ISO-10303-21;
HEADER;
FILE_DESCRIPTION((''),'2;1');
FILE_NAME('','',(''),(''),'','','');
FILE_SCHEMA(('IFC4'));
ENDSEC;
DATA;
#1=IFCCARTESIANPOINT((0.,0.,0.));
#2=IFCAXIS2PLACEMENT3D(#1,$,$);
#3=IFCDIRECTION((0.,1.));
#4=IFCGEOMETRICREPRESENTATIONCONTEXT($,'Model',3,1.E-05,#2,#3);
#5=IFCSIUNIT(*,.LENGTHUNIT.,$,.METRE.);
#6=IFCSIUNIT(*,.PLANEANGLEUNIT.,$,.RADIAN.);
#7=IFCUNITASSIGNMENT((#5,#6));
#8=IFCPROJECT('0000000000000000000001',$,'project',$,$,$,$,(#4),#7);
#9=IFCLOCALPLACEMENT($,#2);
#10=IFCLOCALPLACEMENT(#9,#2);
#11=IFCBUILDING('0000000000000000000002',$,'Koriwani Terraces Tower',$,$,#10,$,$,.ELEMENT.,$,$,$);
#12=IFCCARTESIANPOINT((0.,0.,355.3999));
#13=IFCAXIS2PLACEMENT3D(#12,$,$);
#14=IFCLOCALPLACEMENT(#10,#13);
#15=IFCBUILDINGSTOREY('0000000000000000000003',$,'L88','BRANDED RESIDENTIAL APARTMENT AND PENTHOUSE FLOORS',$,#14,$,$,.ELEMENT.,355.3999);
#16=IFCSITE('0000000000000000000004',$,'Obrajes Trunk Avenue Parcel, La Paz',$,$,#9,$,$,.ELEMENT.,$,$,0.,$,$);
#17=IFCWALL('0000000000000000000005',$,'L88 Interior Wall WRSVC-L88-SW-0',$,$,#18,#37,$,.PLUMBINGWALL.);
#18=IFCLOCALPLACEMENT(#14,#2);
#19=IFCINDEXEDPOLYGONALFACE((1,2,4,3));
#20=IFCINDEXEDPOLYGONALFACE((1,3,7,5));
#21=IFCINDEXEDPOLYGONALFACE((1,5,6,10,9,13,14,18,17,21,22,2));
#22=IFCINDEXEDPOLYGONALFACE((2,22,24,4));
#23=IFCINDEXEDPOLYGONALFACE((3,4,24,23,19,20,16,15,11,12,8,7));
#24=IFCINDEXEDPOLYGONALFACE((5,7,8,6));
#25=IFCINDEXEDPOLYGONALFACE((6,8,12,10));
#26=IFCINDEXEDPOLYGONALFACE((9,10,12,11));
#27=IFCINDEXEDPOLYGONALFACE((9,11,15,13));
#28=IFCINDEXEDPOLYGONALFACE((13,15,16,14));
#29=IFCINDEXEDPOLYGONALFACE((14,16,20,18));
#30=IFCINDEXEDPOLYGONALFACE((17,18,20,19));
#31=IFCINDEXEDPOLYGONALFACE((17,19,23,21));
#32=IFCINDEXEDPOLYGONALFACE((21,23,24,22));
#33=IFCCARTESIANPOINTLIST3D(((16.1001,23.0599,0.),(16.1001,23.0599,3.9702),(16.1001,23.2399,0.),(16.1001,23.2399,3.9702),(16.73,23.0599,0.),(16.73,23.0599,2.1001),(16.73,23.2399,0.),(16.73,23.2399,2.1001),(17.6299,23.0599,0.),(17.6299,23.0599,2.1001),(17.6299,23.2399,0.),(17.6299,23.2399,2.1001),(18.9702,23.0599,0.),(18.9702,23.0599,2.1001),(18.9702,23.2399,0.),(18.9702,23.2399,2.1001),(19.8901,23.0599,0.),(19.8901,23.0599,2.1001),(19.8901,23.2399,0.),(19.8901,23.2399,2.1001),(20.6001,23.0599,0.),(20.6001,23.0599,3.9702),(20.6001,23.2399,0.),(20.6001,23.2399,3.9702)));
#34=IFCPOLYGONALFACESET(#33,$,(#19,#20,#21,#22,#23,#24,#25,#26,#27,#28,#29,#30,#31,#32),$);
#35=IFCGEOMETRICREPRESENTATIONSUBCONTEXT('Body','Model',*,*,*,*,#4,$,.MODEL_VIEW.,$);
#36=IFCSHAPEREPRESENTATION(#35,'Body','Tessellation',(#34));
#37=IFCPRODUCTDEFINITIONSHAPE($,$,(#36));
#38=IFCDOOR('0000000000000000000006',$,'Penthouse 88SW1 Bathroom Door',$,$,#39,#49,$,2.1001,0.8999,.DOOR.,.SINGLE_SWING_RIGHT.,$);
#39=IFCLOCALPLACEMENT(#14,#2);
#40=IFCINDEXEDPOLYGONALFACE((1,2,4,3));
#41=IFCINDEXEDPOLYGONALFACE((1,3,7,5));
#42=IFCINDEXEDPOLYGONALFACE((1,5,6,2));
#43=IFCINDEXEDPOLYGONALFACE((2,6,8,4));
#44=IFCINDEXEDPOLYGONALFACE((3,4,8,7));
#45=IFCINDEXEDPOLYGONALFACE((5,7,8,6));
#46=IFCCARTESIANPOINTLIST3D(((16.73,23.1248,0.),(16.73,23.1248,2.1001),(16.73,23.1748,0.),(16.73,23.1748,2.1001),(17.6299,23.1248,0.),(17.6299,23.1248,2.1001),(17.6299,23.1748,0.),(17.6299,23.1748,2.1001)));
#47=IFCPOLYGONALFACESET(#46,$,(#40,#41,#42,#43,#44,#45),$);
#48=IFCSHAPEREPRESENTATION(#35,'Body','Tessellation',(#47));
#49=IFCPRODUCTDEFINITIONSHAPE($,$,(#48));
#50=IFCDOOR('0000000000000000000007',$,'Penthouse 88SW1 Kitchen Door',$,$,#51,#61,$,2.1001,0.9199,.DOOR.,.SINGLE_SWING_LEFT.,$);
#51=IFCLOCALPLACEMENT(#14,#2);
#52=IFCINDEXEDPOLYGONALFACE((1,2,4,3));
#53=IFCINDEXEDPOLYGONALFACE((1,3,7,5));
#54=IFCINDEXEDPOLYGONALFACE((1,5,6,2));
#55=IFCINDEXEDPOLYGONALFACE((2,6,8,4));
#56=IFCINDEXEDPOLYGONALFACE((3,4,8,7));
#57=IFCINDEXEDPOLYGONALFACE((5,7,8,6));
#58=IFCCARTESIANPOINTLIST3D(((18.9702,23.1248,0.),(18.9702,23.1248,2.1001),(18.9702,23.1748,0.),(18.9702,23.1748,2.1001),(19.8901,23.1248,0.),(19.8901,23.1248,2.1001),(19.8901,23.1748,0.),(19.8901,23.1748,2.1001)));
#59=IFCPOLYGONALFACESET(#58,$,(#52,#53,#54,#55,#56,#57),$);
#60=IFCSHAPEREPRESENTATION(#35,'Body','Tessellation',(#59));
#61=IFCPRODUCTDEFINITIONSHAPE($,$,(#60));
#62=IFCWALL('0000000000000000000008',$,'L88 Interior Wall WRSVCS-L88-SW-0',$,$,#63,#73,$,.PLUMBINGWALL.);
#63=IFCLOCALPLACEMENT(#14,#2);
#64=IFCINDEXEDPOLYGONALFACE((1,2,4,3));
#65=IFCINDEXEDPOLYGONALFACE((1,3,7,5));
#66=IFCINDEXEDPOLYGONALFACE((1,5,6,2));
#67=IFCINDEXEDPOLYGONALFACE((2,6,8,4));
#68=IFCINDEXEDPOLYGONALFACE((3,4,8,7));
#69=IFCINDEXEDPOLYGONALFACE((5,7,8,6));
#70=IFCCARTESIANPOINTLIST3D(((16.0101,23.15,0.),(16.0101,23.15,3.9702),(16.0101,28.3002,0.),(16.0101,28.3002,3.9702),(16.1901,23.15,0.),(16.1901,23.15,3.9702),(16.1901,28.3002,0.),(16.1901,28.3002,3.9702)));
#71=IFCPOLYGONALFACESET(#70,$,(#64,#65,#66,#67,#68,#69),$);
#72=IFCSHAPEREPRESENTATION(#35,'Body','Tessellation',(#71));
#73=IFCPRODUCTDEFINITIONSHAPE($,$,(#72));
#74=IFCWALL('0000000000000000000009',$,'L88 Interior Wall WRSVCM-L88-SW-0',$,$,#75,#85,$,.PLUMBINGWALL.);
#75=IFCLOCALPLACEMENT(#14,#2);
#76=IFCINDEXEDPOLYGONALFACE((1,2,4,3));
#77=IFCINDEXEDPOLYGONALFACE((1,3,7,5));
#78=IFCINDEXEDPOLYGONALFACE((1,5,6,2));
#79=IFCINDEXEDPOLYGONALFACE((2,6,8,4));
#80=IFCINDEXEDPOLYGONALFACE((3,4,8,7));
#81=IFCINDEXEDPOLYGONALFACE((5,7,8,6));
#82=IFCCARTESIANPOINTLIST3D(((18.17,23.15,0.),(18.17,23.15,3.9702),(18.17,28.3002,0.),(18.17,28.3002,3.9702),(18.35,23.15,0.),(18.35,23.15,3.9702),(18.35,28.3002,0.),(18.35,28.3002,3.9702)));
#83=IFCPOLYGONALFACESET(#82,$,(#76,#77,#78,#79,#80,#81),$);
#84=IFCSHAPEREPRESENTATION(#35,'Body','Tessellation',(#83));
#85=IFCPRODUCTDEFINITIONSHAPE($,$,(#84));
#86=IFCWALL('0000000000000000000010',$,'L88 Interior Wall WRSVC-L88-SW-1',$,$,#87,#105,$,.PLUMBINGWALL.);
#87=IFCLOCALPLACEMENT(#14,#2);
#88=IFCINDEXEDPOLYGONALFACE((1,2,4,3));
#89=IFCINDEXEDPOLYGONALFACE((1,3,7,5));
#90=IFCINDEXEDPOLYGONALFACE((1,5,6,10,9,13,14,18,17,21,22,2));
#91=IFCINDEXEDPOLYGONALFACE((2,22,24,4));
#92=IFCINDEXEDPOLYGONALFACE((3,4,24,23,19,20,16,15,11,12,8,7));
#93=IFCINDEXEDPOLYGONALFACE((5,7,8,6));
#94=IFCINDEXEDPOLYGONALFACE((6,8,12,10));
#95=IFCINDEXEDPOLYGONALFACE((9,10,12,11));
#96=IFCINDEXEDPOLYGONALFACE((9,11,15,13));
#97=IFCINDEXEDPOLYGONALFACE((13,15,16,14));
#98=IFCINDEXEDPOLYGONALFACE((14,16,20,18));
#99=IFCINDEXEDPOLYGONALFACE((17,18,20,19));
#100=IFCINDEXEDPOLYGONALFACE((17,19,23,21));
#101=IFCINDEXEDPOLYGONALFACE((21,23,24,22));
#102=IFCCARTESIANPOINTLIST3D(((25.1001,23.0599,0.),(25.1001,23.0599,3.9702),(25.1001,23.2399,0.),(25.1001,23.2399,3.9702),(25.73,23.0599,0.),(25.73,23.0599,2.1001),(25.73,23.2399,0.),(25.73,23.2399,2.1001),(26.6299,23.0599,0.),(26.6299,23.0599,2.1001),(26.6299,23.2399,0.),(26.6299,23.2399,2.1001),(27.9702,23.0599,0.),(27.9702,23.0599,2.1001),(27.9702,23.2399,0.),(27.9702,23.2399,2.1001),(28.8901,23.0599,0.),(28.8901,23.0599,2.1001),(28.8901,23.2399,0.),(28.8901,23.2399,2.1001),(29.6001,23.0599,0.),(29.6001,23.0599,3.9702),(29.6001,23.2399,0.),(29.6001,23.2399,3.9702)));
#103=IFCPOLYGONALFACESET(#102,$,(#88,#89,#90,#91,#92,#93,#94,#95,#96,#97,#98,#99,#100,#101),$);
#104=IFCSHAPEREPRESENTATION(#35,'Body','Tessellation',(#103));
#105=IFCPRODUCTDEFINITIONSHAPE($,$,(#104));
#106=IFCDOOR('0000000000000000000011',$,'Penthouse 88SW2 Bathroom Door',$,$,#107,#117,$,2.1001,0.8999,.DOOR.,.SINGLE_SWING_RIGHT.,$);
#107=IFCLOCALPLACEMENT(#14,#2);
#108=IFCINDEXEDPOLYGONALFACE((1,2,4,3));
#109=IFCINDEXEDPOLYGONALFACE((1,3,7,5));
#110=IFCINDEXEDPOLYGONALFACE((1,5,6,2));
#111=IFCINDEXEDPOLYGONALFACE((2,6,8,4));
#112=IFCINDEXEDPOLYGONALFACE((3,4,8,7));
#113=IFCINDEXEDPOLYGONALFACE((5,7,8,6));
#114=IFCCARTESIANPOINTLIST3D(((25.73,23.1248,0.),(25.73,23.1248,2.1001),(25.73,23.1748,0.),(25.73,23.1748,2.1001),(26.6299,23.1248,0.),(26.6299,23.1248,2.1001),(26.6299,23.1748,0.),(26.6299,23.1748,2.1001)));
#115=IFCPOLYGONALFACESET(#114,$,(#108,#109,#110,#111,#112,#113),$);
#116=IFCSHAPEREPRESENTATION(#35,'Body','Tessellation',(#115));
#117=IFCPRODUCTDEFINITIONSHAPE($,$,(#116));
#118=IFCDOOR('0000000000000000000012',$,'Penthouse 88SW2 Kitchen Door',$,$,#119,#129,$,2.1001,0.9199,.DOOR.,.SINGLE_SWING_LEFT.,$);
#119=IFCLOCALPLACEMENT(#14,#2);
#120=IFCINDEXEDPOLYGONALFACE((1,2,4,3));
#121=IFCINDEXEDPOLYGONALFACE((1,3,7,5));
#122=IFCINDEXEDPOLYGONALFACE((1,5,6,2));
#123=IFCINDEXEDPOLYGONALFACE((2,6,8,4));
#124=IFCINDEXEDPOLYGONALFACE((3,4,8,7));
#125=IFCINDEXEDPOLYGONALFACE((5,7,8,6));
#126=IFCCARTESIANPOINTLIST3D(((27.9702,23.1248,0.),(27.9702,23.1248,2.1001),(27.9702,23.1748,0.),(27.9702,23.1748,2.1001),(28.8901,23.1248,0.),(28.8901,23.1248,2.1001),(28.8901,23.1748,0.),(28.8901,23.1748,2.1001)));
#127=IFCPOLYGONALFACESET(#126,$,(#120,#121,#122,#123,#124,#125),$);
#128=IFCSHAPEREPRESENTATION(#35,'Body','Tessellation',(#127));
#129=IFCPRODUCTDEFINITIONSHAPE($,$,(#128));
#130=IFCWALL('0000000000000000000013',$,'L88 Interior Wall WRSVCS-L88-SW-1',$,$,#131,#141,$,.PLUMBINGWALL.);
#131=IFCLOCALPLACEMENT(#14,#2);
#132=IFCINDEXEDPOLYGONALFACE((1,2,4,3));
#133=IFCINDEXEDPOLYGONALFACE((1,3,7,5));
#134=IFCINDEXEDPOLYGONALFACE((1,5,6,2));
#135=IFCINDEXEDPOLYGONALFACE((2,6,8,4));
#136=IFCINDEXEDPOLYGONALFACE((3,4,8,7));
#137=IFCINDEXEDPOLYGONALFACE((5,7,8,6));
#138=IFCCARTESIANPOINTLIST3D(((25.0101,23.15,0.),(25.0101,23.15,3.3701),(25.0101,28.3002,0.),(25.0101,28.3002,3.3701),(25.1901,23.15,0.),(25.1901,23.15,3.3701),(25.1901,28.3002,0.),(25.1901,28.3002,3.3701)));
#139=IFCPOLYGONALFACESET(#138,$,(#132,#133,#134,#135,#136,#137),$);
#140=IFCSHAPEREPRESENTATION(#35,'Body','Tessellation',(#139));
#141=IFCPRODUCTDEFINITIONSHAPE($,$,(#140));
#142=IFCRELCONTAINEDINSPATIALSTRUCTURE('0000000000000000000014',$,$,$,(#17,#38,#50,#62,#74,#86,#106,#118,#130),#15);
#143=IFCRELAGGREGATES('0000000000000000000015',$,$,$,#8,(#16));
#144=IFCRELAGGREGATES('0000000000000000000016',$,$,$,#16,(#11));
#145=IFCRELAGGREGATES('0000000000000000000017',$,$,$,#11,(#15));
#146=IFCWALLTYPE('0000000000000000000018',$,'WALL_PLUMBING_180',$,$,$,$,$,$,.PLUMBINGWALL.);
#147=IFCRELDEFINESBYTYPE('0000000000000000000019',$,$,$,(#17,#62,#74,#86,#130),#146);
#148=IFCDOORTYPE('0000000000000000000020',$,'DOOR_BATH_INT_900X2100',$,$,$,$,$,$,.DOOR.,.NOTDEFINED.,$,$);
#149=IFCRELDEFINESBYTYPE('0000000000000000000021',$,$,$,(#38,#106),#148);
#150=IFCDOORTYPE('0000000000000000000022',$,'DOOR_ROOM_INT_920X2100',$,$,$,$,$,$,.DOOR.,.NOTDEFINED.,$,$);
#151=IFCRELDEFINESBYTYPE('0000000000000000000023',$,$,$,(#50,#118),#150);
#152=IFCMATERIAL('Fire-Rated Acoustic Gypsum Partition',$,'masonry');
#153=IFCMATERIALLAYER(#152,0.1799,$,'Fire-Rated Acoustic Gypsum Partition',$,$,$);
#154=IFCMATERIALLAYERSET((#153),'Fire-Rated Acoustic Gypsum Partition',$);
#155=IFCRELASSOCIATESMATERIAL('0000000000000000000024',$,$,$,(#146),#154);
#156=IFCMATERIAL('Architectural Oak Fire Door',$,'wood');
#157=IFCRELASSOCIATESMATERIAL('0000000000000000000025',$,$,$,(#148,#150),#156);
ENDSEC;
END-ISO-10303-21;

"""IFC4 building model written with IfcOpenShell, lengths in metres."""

from ifc_helpers import new_model, si_unit, direction, frame, frame_2d, origin, place, context, subcontext, project, spatial, rectangle, extrude, material, layer, layer_set, type_object, element, fill, save


model = new_model("IFC4")

# Units and contexts
model_context = context("Model", 3, precision=1e-05, world=origin(), true_north=direction((0.0, 1.0)))
body_context = subcontext(model_context, "Body", "Model", "MODEL_VIEW")
ifc_project = project(units=[si_unit("LENGTHUNIT", "METRE"), si_unit("PLANEANGLEUNIT", "RADIAN")], contexts=[model_context])

# Site, building, storey
site_placement = place(None, origin())
site = spatial("IfcSite", under=ifc_project, at=site_placement, Name="Obrajes Trunk Avenue Parcel, La Paz", CompositionType="ELEMENT", RefElevation=0.0)
building_placement = place(site_placement, origin())
building = spatial("IfcBuilding", under=site, at=building_placement, Name="Koriwani Terraces Tower", CompositionType="ELEMENT")
storey_placement = place(building_placement, frame((0.0, 0.0, 355.3999)))
storey = spatial("IfcBuildingStorey", under=building, at=storey_placement, Name="L88", Description="BRANDED RESIDENTIAL APARTMENT AND PENTHOUSE FLOORS", CompositionType="ELEMENT", Elevation=355.3999)

# Wall, openings, doors
ifc_material_1 = material(Name="Fire-Rated Acoustic Gypsum Partition", Category="masonry")
ifc_layer_1 = layer(ifc_material_1, 0.1799, Name="Fire-Rated Acoustic Gypsum Partition")
ifc_layer_set_1 = layer_set([ifc_layer_1], Name="Fire-Rated Acoustic Gypsum Partition")
wall_type_1 = type_object("IfcWallType", Name="WALL_PLUMBING_180", PredefinedType="PLUMBINGWALL", material=ifc_layer_set_1)
wall_1_placement = place(storey_placement, frame((16.1001, 23.1499, 0.0), z_axis=(0.0, 0.0, 1.0), x_axis=(1.0, 0.0, 0.0)))
wall_1 = element("IfcWall", 1, at=wall_1_placement, inside=storey, type_object=wall_type_1, Name="L88 Interior Wall WRSVC-L88-SW-0", PredefinedType="PLUMBINGWALL", context=body_context, shape_type="SweptSolid", body=[
    extrude(rectangle(XDim=4.5, YDim=0.1799, at=frame_2d((2.25, 0.0))), origin(), (0.0, 0.0, 1.0), 3.9702),
])
opening_1_placement = place(wall_1_placement, frame((0.6299, 0.0, 0.0)))
opening_1 = element("IfcOpeningElement", 2, at=opening_1_placement, cuts=wall_1, PredefinedType="OPENING", context=body_context, shape_type="SweptSolid", body=[
    extrude(rectangle(XDim=0.8999, YDim=2.1001, at=frame_2d((0.45, 1.05))), frame((0.0, 0.1001, 0.0), z_axis=(0.0, -1.0, 0.0), x_axis=(1.0, 0.0, 0.0)), (0.0, 0.0, 1.0), 0.2),
])
opening_2_placement = place(wall_1_placement, frame((2.8701, 0.0, 0.0)))
opening_2 = element("IfcOpeningElement", 3, at=opening_2_placement, cuts=wall_1, PredefinedType="OPENING", context=body_context, shape_type="SweptSolid", body=[
    extrude(rectangle(XDim=0.9199, YDim=2.1001, at=frame_2d((0.46, 1.05))), frame((0.0, 0.1001, 0.0), z_axis=(0.0, -1.0, 0.0), x_axis=(1.0, 0.0, 0.0)), (0.0, 0.0, 1.0), 0.2),
])
ifc_material_2 = material(Name="Architectural Oak Fire Door", Category="wood")
door_type_1 = type_object("IfcDoorType", Name="DOOR_BATH_INT_900X2100", OperationType="NOTDEFINED", PredefinedType="DOOR", material=ifc_material_2)
door_1_placement = place(opening_1_placement, origin())
door_1 = element("IfcDoor", 4, at=door_1_placement, inside=storey, type_object=door_type_1, Name="Penthouse 88SW1 Bathroom Door", OperationType="SINGLE_SWING_RIGHT", OverallHeight=2.1001, OverallWidth=0.8999, PredefinedType="DOOR", context=body_context, shape_type="SweptSolid", body=[
    extrude(rectangle(XDim=0.8999, YDim=2.1001, at=frame_2d((0.45, 1.05))), frame((0.0, 0.0249, 0.0), z_axis=(0.0, -1.0, 0.0), x_axis=(1.0, 0.0, 0.0)), (0.0, 0.0, 1.0), 0.05),
])
fill(opening_1, door_1)
door_type_2 = type_object("IfcDoorType", Name="DOOR_ROOM_INT_920X2100", OperationType="NOTDEFINED", PredefinedType="DOOR", material=ifc_material_2)
door_2_placement = place(opening_2_placement, origin())
door_2 = element("IfcDoor", 5, at=door_2_placement, inside=storey, type_object=door_type_2, Name="Penthouse 88SW1 Kitchen Door", OperationType="SINGLE_SWING_LEFT", OverallHeight=2.1001, OverallWidth=0.9199, PredefinedType="DOOR", context=body_context, shape_type="SweptSolid", body=[
    extrude(rectangle(XDim=0.9199, YDim=2.1001, at=frame_2d((0.46, 1.05))), frame((0.0, 0.0249, 0.0), z_axis=(0.0, -1.0, 0.0), x_axis=(1.0, 0.0, 0.0)), (0.0, 0.0, 1.0), 0.05),
])
fill(opening_2, door_2)

# Walls
for number, where, z_axis, x_axis, name in (
    (6, (16.1001, 23.1499, 0.0), (0.0, 0.0, 1.0), (0.0, 1.0, 0.0), "L88 Interior Wall WRSVCS-L88-SW-0"),
    (7, (18.26, 23.1499, 0.0), (0.0, 0.0, 1.0), (0.0, 1.0, 0.0), "L88 Interior Wall WRSVCM-L88-SW-0"),
):
    element("IfcWall", number, at=place(storey_placement, frame(where, z_axis=z_axis, x_axis=x_axis)), inside=storey, type_object=wall_type_1, Name=name, PredefinedType="PLUMBINGWALL", context=body_context, shape_type="SweptSolid", body=[
        extrude(rectangle(XDim=5.1501, YDim=0.1799, at=frame_2d((2.5752, 0.0))), origin(), (0.0, 0.0, 1.0), 3.9702),
    ])

# Wall, openings, doors
wall_2_placement = place(storey_placement, frame((25.1001, 23.1499, 0.0), z_axis=(0.0, 0.0, 1.0), x_axis=(1.0, 0.0, 0.0)))
wall_2 = element("IfcWall", 8, at=wall_2_placement, inside=storey, type_object=wall_type_1, Name="L88 Interior Wall WRSVC-L88-SW-1", PredefinedType="PLUMBINGWALL", context=body_context, shape_type="SweptSolid", body=[
    extrude(rectangle(XDim=4.5, YDim=0.1799, at=frame_2d((2.25, 0.0))), origin(), (0.0, 0.0, 1.0), 3.9702),
])
opening_3_placement = place(wall_2_placement, frame((0.6299, 0.0, 0.0)))
opening_3 = element("IfcOpeningElement", 9, at=opening_3_placement, cuts=wall_2, PredefinedType="OPENING", context=body_context, shape_type="SweptSolid", body=[
    extrude(rectangle(XDim=0.8999, YDim=2.1001, at=frame_2d((0.45, 1.05))), frame((0.0, 0.1001, 0.0), z_axis=(0.0, -1.0, 0.0), x_axis=(1.0, 0.0, 0.0)), (0.0, 0.0, 1.0), 0.2),
])
opening_4_placement = place(wall_2_placement, frame((2.8701, 0.0, 0.0)))
opening_4 = element("IfcOpeningElement", 10, at=opening_4_placement, cuts=wall_2, PredefinedType="OPENING", context=body_context, shape_type="SweptSolid", body=[
    extrude(rectangle(XDim=0.9199, YDim=2.1001, at=frame_2d((0.46, 1.05))), frame((0.0, 0.1001, 0.0), z_axis=(0.0, -1.0, 0.0), x_axis=(1.0, 0.0, 0.0)), (0.0, 0.0, 1.0), 0.2),
])
door_3_placement = place(opening_3_placement, origin())
door_3 = element("IfcDoor", 11, at=door_3_placement, inside=storey, type_object=door_type_1, Name="Penthouse 88SW2 Bathroom Door", OperationType="SINGLE_SWING_RIGHT", OverallHeight=2.1001, OverallWidth=0.8999, PredefinedType="DOOR", context=body_context, shape_type="SweptSolid", body=[
    extrude(rectangle(XDim=0.8999, YDim=2.1001, at=frame_2d((0.45, 1.05))), frame((0.0, 0.0249, 0.0), z_axis=(0.0, -1.0, 0.0), x_axis=(1.0, 0.0, 0.0)), (0.0, 0.0, 1.0), 0.05),
])
fill(opening_3, door_3)
door_4_placement = place(opening_4_placement, origin())
door_4 = element("IfcDoor", 12, at=door_4_placement, inside=storey, type_object=door_type_2, Name="Penthouse 88SW2 Kitchen Door", OperationType="SINGLE_SWING_LEFT", OverallHeight=2.1001, OverallWidth=0.9199, PredefinedType="DOOR", context=body_context, shape_type="SweptSolid", body=[
    extrude(rectangle(XDim=0.9199, YDim=2.1001, at=frame_2d((0.46, 1.05))), frame((0.0, 0.0249, 0.0), z_axis=(0.0, -1.0, 0.0), x_axis=(1.0, 0.0, 0.0)), (0.0, 0.0, 1.0), 0.05),
])
fill(opening_4, door_4)

# Wall
wall_3_placement = place(storey_placement, frame((25.1001, 23.1499, 0.0), z_axis=(0.0, 0.0, 1.0), x_axis=(0.0, 1.0, 0.0)))
element("IfcWall", 13, at=wall_3_placement, inside=storey, type_object=wall_type_1, Name="L88 Interior Wall WRSVCS-L88-SW-1", PredefinedType="PLUMBINGWALL", context=body_context, shape_type="SweptSolid", body=[
    extrude(rectangle(XDim=5.1501, YDim=0.1799, at=frame_2d((2.5752, 0.0))), origin(), (0.0, 0.0, 1.0), 3.3701),
])

save(model, "model.ifc")
